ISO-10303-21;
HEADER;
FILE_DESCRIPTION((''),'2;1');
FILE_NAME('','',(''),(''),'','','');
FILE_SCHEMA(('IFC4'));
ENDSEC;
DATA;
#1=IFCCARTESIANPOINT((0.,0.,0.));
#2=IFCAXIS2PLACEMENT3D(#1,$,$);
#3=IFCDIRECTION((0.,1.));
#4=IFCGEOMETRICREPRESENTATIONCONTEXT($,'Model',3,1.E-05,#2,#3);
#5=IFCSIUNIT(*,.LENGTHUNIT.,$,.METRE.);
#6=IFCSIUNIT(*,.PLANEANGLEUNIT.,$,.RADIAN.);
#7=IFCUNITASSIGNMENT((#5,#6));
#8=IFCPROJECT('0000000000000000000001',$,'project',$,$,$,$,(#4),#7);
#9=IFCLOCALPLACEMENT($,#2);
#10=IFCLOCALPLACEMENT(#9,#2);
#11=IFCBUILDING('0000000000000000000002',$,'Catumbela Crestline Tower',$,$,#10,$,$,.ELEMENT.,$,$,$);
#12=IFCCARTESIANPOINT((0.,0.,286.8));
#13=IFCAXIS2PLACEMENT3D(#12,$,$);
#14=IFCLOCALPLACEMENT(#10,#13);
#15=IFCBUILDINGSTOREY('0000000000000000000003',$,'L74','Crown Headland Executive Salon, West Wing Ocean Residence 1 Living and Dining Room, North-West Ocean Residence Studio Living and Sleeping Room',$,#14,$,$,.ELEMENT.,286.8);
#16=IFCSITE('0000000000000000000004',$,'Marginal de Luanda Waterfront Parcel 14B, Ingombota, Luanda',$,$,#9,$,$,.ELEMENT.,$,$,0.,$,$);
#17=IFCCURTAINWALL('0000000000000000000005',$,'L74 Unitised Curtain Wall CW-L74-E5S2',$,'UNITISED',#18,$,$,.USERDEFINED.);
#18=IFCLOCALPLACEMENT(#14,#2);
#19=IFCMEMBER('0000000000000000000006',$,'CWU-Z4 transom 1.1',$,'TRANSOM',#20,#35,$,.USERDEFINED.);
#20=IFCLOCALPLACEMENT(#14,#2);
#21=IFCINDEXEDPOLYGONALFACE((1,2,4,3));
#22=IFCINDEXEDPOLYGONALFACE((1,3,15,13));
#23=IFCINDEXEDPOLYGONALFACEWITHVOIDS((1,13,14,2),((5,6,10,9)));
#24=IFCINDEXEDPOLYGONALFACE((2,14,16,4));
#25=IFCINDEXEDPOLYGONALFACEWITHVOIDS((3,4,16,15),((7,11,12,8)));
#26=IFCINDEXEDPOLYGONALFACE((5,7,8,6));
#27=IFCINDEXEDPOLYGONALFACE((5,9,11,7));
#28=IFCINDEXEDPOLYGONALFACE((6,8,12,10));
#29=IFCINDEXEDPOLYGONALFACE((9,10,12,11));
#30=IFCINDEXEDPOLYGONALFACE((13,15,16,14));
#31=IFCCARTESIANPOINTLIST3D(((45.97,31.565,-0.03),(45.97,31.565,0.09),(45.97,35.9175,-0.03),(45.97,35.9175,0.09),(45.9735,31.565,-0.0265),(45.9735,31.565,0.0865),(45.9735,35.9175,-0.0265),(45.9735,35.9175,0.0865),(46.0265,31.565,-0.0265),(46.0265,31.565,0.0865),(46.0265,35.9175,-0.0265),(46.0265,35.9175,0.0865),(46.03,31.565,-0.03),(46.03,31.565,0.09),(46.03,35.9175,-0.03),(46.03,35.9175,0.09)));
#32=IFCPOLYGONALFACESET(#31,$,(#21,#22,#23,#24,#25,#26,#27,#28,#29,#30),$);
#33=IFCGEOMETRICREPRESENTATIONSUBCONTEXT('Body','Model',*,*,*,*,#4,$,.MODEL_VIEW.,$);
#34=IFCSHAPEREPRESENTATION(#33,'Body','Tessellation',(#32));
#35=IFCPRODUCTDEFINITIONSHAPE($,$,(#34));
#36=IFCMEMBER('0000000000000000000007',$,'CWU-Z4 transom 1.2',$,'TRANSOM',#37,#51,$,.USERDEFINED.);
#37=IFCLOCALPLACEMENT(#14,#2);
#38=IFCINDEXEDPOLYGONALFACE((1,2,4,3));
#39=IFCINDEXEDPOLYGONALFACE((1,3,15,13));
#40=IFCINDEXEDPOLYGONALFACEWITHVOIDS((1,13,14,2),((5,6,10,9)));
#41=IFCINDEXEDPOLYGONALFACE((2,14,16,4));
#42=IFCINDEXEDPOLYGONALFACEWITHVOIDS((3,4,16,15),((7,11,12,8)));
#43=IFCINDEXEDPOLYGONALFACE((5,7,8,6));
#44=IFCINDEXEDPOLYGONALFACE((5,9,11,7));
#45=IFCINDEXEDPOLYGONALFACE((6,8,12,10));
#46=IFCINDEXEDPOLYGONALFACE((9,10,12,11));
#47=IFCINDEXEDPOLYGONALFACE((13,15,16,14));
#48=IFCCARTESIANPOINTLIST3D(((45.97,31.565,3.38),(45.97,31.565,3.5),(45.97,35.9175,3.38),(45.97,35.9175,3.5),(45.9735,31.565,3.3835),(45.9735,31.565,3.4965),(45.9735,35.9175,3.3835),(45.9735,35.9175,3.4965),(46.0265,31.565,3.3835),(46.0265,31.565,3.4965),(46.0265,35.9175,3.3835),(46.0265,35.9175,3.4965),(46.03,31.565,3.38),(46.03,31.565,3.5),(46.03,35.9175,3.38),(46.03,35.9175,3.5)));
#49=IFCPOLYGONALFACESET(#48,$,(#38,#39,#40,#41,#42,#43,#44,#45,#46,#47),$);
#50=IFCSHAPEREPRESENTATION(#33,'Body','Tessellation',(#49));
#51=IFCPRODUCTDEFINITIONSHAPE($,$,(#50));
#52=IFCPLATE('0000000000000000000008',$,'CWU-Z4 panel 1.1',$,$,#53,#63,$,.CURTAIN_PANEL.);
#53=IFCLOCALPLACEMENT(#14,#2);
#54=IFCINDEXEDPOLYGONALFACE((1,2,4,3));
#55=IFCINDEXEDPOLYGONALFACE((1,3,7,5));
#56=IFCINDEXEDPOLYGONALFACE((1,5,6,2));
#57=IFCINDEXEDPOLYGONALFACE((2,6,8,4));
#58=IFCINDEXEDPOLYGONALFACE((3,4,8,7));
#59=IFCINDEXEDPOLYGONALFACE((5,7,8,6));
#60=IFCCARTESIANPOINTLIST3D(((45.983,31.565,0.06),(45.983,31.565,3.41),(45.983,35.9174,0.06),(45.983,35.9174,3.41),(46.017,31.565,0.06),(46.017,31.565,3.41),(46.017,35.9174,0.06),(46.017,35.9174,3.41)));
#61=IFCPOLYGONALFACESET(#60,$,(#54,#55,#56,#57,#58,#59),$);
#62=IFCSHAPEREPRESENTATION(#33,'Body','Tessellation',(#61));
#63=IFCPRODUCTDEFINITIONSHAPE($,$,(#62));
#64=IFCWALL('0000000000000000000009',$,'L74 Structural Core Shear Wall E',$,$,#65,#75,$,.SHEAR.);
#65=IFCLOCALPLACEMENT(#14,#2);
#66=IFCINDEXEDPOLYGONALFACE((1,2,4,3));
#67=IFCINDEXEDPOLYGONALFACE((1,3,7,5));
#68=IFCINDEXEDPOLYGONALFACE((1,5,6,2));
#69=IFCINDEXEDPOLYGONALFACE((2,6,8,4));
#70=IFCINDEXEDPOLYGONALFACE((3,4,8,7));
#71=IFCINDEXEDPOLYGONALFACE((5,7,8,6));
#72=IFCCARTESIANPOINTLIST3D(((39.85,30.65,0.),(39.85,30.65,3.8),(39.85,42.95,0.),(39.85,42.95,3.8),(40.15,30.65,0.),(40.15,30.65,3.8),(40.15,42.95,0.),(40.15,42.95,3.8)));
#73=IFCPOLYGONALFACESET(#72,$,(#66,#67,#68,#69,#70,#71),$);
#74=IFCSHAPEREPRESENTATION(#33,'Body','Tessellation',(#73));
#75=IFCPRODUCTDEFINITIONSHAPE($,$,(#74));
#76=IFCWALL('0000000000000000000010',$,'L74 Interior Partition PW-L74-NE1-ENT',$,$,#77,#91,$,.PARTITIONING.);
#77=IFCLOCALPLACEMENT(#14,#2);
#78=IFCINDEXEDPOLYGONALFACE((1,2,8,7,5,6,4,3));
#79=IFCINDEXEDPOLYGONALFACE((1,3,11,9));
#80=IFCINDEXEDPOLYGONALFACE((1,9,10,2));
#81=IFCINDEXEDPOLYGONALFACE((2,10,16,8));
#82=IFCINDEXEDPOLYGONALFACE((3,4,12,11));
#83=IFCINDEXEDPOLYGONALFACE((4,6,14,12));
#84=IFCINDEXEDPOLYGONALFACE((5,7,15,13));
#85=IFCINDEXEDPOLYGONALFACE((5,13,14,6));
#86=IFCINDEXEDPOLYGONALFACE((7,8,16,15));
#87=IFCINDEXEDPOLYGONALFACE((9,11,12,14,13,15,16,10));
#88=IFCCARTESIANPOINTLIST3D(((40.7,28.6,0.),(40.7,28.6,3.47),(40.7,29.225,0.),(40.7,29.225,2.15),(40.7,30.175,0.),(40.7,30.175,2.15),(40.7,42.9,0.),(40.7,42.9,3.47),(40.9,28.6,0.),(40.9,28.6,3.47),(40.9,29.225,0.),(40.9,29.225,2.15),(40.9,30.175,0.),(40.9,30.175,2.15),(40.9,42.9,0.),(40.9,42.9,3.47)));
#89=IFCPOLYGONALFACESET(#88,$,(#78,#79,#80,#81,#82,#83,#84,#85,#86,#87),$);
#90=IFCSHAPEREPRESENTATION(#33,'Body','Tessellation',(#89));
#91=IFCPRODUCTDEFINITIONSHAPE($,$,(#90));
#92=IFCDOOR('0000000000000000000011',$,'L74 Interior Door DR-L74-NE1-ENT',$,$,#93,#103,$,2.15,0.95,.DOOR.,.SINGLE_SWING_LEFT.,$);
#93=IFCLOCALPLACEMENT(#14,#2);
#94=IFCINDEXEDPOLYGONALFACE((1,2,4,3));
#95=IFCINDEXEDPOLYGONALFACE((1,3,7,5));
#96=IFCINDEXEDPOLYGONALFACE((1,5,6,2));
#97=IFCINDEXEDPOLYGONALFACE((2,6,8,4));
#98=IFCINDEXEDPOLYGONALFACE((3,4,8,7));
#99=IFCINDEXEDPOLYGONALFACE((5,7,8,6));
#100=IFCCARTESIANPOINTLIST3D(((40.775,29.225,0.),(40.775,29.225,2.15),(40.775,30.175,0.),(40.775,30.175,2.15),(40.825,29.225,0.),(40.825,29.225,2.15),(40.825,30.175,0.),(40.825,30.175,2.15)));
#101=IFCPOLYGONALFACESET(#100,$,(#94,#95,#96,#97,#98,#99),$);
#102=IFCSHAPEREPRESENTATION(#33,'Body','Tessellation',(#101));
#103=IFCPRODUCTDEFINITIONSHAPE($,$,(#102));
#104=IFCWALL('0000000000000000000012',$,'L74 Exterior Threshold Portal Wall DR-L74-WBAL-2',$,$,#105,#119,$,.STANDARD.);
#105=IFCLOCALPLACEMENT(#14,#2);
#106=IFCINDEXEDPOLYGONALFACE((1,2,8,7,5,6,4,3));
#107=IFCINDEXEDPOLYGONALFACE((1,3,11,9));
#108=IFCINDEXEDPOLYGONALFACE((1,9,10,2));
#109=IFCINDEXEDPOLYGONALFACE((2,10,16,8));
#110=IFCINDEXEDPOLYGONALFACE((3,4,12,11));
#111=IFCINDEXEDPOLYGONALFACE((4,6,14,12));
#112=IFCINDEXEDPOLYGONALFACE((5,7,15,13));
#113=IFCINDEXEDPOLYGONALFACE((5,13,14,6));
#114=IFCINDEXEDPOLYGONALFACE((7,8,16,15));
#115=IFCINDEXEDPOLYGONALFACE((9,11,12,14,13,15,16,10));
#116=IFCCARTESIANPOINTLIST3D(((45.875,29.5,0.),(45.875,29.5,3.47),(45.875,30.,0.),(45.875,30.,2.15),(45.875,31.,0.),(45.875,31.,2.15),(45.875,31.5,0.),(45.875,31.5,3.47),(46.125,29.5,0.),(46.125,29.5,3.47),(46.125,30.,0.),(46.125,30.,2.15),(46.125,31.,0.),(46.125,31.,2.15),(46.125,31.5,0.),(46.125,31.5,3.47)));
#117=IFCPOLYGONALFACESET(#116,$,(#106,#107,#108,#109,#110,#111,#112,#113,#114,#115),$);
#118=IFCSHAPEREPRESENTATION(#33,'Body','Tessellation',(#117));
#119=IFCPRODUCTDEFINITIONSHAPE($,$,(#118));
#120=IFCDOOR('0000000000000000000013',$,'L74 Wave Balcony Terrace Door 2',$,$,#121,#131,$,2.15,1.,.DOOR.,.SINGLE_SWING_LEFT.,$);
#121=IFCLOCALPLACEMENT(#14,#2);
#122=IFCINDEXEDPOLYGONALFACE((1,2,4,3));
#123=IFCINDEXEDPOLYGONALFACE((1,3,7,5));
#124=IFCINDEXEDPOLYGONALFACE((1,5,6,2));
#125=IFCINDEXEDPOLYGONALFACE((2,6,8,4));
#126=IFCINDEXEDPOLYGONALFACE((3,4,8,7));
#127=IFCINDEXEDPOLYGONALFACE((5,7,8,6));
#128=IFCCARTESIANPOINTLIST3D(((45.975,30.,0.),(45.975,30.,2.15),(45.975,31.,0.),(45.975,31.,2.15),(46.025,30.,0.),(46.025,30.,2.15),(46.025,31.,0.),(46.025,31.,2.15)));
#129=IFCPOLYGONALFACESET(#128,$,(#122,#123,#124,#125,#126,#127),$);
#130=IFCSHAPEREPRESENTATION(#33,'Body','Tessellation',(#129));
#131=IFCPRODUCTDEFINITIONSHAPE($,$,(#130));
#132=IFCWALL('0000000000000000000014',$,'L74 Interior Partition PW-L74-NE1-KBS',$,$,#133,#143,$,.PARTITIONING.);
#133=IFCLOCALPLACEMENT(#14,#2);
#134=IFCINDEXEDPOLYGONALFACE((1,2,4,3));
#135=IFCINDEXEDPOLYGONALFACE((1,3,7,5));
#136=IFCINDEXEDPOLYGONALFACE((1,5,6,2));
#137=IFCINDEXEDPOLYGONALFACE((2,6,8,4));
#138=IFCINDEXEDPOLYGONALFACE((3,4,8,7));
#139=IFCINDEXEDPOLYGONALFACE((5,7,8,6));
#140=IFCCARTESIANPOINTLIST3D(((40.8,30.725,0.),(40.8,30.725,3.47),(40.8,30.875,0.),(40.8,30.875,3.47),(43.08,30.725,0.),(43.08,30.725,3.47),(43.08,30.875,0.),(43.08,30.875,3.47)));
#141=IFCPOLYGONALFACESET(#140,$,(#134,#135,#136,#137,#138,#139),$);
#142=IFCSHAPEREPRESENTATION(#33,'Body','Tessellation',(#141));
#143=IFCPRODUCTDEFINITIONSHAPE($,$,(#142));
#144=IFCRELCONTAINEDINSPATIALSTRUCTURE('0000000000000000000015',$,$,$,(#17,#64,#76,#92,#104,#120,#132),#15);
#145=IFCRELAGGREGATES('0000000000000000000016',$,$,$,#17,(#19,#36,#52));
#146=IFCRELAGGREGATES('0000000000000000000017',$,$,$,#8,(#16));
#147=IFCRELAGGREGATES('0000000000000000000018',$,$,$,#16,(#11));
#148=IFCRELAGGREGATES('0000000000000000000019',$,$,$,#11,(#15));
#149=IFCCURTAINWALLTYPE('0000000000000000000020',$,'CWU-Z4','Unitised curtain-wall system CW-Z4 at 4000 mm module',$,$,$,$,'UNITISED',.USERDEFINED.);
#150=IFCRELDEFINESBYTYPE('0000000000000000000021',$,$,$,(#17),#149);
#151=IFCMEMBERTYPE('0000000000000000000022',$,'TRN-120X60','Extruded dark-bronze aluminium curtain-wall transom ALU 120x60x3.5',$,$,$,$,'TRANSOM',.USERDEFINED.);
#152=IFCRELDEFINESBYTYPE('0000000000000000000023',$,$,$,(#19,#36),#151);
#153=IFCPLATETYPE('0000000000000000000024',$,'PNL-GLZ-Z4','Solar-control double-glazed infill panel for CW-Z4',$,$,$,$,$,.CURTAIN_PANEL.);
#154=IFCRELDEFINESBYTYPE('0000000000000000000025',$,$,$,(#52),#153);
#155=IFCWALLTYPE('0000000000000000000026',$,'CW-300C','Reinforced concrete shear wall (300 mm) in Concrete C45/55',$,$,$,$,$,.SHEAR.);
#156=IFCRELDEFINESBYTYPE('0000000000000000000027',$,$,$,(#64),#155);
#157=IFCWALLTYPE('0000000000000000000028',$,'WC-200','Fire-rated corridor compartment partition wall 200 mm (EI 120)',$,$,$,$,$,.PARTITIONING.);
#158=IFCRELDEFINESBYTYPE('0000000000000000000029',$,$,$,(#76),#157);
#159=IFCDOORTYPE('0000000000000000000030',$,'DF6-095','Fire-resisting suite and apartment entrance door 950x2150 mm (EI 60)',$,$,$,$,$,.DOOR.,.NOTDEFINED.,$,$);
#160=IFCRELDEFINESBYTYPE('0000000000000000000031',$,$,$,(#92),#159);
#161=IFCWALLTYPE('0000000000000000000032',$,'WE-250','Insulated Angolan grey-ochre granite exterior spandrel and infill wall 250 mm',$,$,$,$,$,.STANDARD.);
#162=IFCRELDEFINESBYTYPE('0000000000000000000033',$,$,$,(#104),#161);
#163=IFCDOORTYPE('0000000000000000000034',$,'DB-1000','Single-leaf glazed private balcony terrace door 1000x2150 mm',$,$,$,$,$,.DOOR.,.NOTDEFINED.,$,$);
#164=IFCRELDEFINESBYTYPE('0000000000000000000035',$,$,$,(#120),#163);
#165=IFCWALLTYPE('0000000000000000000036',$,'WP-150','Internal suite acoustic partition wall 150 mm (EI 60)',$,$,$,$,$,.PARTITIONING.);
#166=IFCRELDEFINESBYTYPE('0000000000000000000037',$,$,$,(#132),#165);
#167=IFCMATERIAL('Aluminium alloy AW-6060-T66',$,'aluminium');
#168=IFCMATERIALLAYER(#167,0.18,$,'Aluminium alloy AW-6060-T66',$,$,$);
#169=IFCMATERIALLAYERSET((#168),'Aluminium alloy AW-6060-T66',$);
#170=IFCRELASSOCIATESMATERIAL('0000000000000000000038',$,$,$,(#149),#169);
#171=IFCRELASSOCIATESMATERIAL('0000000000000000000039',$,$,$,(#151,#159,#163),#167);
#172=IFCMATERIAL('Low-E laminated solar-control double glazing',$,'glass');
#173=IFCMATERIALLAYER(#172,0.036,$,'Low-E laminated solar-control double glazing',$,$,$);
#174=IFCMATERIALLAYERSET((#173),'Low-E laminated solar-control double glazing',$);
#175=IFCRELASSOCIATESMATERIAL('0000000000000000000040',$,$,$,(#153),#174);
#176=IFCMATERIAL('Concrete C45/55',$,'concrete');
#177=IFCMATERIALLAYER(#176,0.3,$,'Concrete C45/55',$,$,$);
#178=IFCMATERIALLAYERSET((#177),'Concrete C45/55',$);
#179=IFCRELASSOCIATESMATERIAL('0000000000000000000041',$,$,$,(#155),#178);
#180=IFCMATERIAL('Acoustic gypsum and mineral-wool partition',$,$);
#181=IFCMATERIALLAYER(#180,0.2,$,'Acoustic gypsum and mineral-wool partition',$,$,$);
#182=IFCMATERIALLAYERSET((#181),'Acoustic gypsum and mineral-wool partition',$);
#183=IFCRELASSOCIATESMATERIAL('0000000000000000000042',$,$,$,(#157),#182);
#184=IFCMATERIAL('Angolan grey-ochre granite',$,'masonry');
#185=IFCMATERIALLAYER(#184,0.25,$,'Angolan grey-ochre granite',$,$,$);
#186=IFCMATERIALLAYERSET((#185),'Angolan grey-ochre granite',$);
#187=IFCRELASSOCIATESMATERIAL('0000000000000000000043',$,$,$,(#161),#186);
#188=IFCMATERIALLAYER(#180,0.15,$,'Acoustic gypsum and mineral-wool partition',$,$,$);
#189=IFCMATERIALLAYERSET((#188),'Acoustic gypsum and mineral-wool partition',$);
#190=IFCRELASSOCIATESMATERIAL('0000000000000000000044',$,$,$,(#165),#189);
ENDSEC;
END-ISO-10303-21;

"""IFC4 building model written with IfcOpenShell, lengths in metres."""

from ifc_helpers import new_model, si_unit, direction, frame, frame_2d, origin, origin_2d, place, context, subcontext, project, spatial, rectangle, hollow_rectangle, extrude, material, layer, layer_set, material_profile, profile_set, type_object, element, fill, aggregate, save


model = new_model("IFC4")

# Units and contexts
model_context = context("Model", 3, precision=1e-05, world=origin(), true_north=direction((0.0, 1.0)))
body_context = subcontext(model_context, "Body", "Model", "MODEL_VIEW")
ifc_project = project(units=[si_unit("LENGTHUNIT", "METRE"), si_unit("PLANEANGLEUNIT", "RADIAN")], contexts=[model_context])

# Site, building, storey
site_placement = place(None, origin())
site = spatial("IfcSite", under=ifc_project, at=site_placement, Name="Marginal de Luanda Waterfront Parcel 14B, Ingombota, Luanda", CompositionType="ELEMENT", RefElevation=0.0)
building_placement = place(site_placement, origin())
building = spatial("IfcBuilding", under=site, at=building_placement, Name="Catumbela Crestline Tower", CompositionType="ELEMENT")
storey_placement = place(building_placement, frame((0.0, 0.0, 286.8)))
storey = spatial("IfcBuildingStorey", under=building, at=storey_placement, Name="L74", Description="Crown Headland Executive Salon, West Wing Ocean Residence 1 Living and Dining Room, North-West Ocean Residence Studio Living and Sleeping Room", CompositionType="ELEMENT", Elevation=286.8)

# Curtain wall, members, plate
ifc_material_1 = material(Name="Aluminium alloy AW-6060-T66", Category="aluminium")
ifc_layer_1 = layer(ifc_material_1, 0.18, Name="Aluminium alloy AW-6060-T66")
ifc_layer_set_1 = layer_set([ifc_layer_1], Name="Aluminium alloy AW-6060-T66")
curtain_wall_type = type_object("IfcCurtainWallType", Name="CWU-Z4", Description="Unitised curtain-wall system CW-Z4 at 4000 mm module", ElementType="UNITISED", PredefinedType="USERDEFINED", material=ifc_layer_set_1)
curtain_wall_placement = place(storey_placement, origin())
curtain_wall = element("IfcCurtainWall", 1, at=curtain_wall_placement, inside=storey, type_object=curtain_wall_type, Name="L74 Unitised Curtain Wall CW-L74-E5S2", ObjectType="UNITISED", PredefinedType="USERDEFINED")
ifc_material_profile_1 = material_profile(ifc_material_1, hollow_rectangle(XDim=0.06, YDim=0.12, WallThickness=0.0035, at=origin_2d()), Name="ALU 120x60x3.5")
ifc_profile_set_1 = profile_set([ifc_material_profile_1], Name="Aluminium alloy AW-6060-T66")
member_type_1 = type_object("IfcMemberType", Name="TRN-120X60", Description="Extruded dark-bronze aluminium curtain-wall transom ALU 120x60x3.5", ElementType="TRANSOM", PredefinedType="USERDEFINED", material=ifc_profile_set_1)
member_1_placement = place(storey_placement, frame((46.0, 31.565, 0.03), z_axis=(0.0, 1.0, 0.0), x_axis=(-1.0, 0.0, 0.0)))
member_1 = element("IfcMember", 2, at=member_1_placement, type_object=member_type_1, Name="CWU-Z4 transom 1.1", ObjectType="TRANSOM", PredefinedType="USERDEFINED", context=body_context, shape_type="SweptSolid", body=[
    extrude(hollow_rectangle(XDim=0.06, YDim=0.12, WallThickness=0.0035, at=origin_2d()), origin(), (0.0, 0.0, 1.0), 4.3525),
])
member_2_placement = place(storey_placement, frame((46.0, 31.565, 3.44), z_axis=(0.0, 1.0, 0.0), x_axis=(-1.0, 0.0, 0.0)))
member_2 = element("IfcMember", 3, at=member_2_placement, type_object=member_type_1, Name="CWU-Z4 transom 1.2", ObjectType="TRANSOM", PredefinedType="USERDEFINED", context=body_context, shape_type="SweptSolid", body=[
    extrude(hollow_rectangle(XDim=0.06, YDim=0.12, WallThickness=0.0035, at=origin_2d()), origin(), (0.0, 0.0, 1.0), 4.3525),
])
ifc_material_2 = material(Name="Low-E laminated solar-control double glazing", Category="glass")
ifc_layer_2 = layer(ifc_material_2, 0.036, Name="Low-E laminated solar-control double glazing")
ifc_layer_set_2 = layer_set([ifc_layer_2], Name="Low-E laminated solar-control double glazing")
plate_type = type_object("IfcPlateType", Name="PNL-GLZ-Z4", Description="Solar-control double-glazed infill panel for CW-Z4", PredefinedType="CURTAIN_PANEL", material=ifc_layer_set_2)
plate_placement = place(storey_placement, frame((46.0, 33.7412, 0.06), z_axis=(0.0, 0.0, 1.0), x_axis=(0.0, 1.0, 0.0)))
plate = element("IfcPlate", 4, at=plate_placement, type_object=plate_type, Name="CWU-Z4 panel 1.1", PredefinedType="CURTAIN_PANEL", context=body_context, shape_type="SweptSolid", body=[
    extrude(rectangle(XDim=4.3525, YDim=0.034, at=origin_2d()), origin(), (0.0, 0.0, 1.0), 3.35),
])
aggregate(curtain_wall, [member_1, member_2, plate])

# Wall
ifc_material_3 = material(Name="Concrete C45/55", Category="concrete")
ifc_layer_3 = layer(ifc_material_3, 0.3, Name="Concrete C45/55")
ifc_layer_set_3 = layer_set([ifc_layer_3], Name="Concrete C45/55")
wall_type_1 = type_object("IfcWallType", Name="CW-300C", Description="Reinforced concrete shear wall (300 mm) in Concrete C45/55", PredefinedType="SHEAR", material=ifc_layer_set_3)
wall_1_placement = place(storey_placement, frame((40.0, 30.65, 0.0), z_axis=(0.0, 0.0, 1.0), x_axis=(0.0, 1.0, 0.0)))
element("IfcWall", 5, at=wall_1_placement, inside=storey, type_object=wall_type_1, Name="L74 Structural Core Shear Wall E", PredefinedType="SHEAR", context=body_context, shape_type="SweptSolid", body=[
    extrude(rectangle(XDim=12.3, YDim=0.3, at=frame_2d((6.15, 0.0))), origin(), (0.0, 0.0, 1.0), 3.8),
])

# Walls, openings, doors
ifc_material_4 = material(Name="Acoustic gypsum and mineral-wool partition")
ifc_layer_4 = layer(ifc_material_4, 0.2, Name="Acoustic gypsum and mineral-wool partition")
ifc_layer_set_4 = layer_set([ifc_layer_4], Name="Acoustic gypsum and mineral-wool partition")
wall_type_2 = type_object("IfcWallType", Name="WC-200", Description="Fire-rated corridor compartment partition wall 200 mm (EI 120)", PredefinedType="PARTITIONING", material=ifc_layer_set_4)
wall_2_placement = place(storey_placement, frame((40.8, 28.6, 0.0), z_axis=(0.0, 0.0, 1.0), x_axis=(0.0, 1.0, 0.0)))
wall_2 = element("IfcWall", 6, at=wall_2_placement, inside=storey, type_object=wall_type_2, Name="L74 Interior Partition PW-L74-NE1-ENT", PredefinedType="PARTITIONING", context=body_context, shape_type="SweptSolid", body=[
    extrude(rectangle(XDim=14.3, YDim=0.2, at=frame_2d((7.15, 0.0))), origin(), (0.0, 0.0, 1.0), 3.47),
])
opening_1_placement = place(wall_2_placement, frame((0.625, 0.0, 0.0)))
opening_1 = element("IfcOpeningElement", 7, at=opening_1_placement, cuts=wall_2, PredefinedType="OPENING", context=body_context, shape_type="SweptSolid", body=[
    extrude(rectangle(XDim=0.95, YDim=2.15, at=frame_2d((0.475, 1.075))), frame((0.0, 0.11, 0.0), z_axis=(0.0, -1.0, 0.0), x_axis=(1.0, 0.0, 0.0)), (0.0, 0.0, 1.0), 0.22),
])
door_type_1 = type_object("IfcDoorType", Name="DF6-095", Description="Fire-resisting suite and apartment entrance door 950x2150 mm (EI 60)", OperationType="NOTDEFINED", PredefinedType="DOOR", material=ifc_material_1)
door_1_placement = place(opening_1_placement, origin())
door_1 = element("IfcDoor", 8, at=door_1_placement, inside=storey, type_object=door_type_1, Name="L74 Interior Door DR-L74-NE1-ENT", OperationType="SINGLE_SWING_LEFT", OverallHeight=2.15, OverallWidth=0.95, PredefinedType="DOOR", context=body_context, shape_type="SweptSolid", body=[
    extrude(rectangle(XDim=0.95, YDim=2.15, at=frame_2d((0.475, 1.075))), frame((0.0, 0.025, 0.0), z_axis=(0.0, -1.0, 0.0), x_axis=(1.0, 0.0, 0.0)), (0.0, 0.0, 1.0), 0.05),
])
fill(opening_1, door_1)
ifc_material_5 = material(Name="Angolan grey-ochre granite", Category="masonry")
ifc_layer_5 = layer(ifc_material_5, 0.25, Name="Angolan grey-ochre granite")
ifc_layer_set_5 = layer_set([ifc_layer_5], Name="Angolan grey-ochre granite")
wall_type_3 = type_object("IfcWallType", Name="WE-250", Description="Insulated Angolan grey-ochre granite exterior spandrel and infill wall 250 mm", PredefinedType="STANDARD", material=ifc_layer_set_5)
wall_3_placement = place(storey_placement, frame((46.0, 29.5, 0.0), z_axis=(0.0, 0.0, 1.0), x_axis=(0.0, 1.0, 0.0)))
wall_3 = element("IfcWall", 9, at=wall_3_placement, inside=storey, type_object=wall_type_3, Name="L74 Exterior Threshold Portal Wall DR-L74-WBAL-2", PredefinedType="STANDARD", context=body_context, shape_type="SweptSolid", body=[
    extrude(rectangle(XDim=2.0, YDim=0.25, at=frame_2d((1.0, 0.0))), origin(), (0.0, 0.0, 1.0), 3.47),
])
opening_2_placement = place(wall_3_placement, frame((0.5, 0.0, 0.0)))
opening_2 = element("IfcOpeningElement", 10, at=opening_2_placement, cuts=wall_3, PredefinedType="OPENING", context=body_context, shape_type="SweptSolid", body=[
    extrude(rectangle(XDim=1.0, YDim=2.15, at=frame_2d((0.5, 1.075))), frame((0.0, 0.135, 0.0), z_axis=(0.0, -1.0, 0.0), x_axis=(1.0, 0.0, 0.0)), (0.0, 0.0, 1.0), 0.27),
])
door_type_2 = type_object("IfcDoorType", Name="DB-1000", Description="Single-leaf glazed private balcony terrace door 1000x2150 mm", OperationType="NOTDEFINED", PredefinedType="DOOR", material=ifc_material_1)
door_2_placement = place(opening_2_placement, origin())
door_2 = element("IfcDoor", 11, at=door_2_placement, inside=storey, type_object=door_type_2, Name="L74 Wave Balcony Terrace Door 2", OperationType="SINGLE_SWING_LEFT", OverallHeight=2.15, OverallWidth=1.0, PredefinedType="DOOR", context=body_context, shape_type="SweptSolid", body=[
    extrude(rectangle(XDim=1.0, YDim=2.15, at=frame_2d((0.5, 1.075))), frame((0.0, 0.025, 0.0), z_axis=(0.0, -1.0, 0.0), x_axis=(1.0, 0.0, 0.0)), (0.0, 0.0, 1.0), 0.05),
])
fill(opening_2, door_2)

# Wall
ifc_layer_6 = layer(ifc_material_4, 0.15, Name="Acoustic gypsum and mineral-wool partition")
ifc_layer_set_6 = layer_set([ifc_layer_6], Name="Acoustic gypsum and mineral-wool partition")
wall_type_4 = type_object("IfcWallType", Name="WP-150", Description="Internal suite acoustic partition wall 150 mm (EI 60)", PredefinedType="PARTITIONING", material=ifc_layer_set_6)
wall_4_placement = place(storey_placement, frame((40.8, 30.8, 0.0), z_axis=(0.0, 0.0, 1.0), x_axis=(1.0, 0.0, 0.0)))
element("IfcWall", 12, at=wall_4_placement, inside=storey, type_object=wall_type_4, Name="L74 Interior Partition PW-L74-NE1-KBS", PredefinedType="PARTITIONING", context=body_context, shape_type="SweptSolid", body=[
    extrude(rectangle(XDim=2.28, YDim=0.15, at=frame_2d((1.14, 0.0))), origin(), (0.0, 0.0, 1.0), 3.47),
])

save(model, "model.ifc")
